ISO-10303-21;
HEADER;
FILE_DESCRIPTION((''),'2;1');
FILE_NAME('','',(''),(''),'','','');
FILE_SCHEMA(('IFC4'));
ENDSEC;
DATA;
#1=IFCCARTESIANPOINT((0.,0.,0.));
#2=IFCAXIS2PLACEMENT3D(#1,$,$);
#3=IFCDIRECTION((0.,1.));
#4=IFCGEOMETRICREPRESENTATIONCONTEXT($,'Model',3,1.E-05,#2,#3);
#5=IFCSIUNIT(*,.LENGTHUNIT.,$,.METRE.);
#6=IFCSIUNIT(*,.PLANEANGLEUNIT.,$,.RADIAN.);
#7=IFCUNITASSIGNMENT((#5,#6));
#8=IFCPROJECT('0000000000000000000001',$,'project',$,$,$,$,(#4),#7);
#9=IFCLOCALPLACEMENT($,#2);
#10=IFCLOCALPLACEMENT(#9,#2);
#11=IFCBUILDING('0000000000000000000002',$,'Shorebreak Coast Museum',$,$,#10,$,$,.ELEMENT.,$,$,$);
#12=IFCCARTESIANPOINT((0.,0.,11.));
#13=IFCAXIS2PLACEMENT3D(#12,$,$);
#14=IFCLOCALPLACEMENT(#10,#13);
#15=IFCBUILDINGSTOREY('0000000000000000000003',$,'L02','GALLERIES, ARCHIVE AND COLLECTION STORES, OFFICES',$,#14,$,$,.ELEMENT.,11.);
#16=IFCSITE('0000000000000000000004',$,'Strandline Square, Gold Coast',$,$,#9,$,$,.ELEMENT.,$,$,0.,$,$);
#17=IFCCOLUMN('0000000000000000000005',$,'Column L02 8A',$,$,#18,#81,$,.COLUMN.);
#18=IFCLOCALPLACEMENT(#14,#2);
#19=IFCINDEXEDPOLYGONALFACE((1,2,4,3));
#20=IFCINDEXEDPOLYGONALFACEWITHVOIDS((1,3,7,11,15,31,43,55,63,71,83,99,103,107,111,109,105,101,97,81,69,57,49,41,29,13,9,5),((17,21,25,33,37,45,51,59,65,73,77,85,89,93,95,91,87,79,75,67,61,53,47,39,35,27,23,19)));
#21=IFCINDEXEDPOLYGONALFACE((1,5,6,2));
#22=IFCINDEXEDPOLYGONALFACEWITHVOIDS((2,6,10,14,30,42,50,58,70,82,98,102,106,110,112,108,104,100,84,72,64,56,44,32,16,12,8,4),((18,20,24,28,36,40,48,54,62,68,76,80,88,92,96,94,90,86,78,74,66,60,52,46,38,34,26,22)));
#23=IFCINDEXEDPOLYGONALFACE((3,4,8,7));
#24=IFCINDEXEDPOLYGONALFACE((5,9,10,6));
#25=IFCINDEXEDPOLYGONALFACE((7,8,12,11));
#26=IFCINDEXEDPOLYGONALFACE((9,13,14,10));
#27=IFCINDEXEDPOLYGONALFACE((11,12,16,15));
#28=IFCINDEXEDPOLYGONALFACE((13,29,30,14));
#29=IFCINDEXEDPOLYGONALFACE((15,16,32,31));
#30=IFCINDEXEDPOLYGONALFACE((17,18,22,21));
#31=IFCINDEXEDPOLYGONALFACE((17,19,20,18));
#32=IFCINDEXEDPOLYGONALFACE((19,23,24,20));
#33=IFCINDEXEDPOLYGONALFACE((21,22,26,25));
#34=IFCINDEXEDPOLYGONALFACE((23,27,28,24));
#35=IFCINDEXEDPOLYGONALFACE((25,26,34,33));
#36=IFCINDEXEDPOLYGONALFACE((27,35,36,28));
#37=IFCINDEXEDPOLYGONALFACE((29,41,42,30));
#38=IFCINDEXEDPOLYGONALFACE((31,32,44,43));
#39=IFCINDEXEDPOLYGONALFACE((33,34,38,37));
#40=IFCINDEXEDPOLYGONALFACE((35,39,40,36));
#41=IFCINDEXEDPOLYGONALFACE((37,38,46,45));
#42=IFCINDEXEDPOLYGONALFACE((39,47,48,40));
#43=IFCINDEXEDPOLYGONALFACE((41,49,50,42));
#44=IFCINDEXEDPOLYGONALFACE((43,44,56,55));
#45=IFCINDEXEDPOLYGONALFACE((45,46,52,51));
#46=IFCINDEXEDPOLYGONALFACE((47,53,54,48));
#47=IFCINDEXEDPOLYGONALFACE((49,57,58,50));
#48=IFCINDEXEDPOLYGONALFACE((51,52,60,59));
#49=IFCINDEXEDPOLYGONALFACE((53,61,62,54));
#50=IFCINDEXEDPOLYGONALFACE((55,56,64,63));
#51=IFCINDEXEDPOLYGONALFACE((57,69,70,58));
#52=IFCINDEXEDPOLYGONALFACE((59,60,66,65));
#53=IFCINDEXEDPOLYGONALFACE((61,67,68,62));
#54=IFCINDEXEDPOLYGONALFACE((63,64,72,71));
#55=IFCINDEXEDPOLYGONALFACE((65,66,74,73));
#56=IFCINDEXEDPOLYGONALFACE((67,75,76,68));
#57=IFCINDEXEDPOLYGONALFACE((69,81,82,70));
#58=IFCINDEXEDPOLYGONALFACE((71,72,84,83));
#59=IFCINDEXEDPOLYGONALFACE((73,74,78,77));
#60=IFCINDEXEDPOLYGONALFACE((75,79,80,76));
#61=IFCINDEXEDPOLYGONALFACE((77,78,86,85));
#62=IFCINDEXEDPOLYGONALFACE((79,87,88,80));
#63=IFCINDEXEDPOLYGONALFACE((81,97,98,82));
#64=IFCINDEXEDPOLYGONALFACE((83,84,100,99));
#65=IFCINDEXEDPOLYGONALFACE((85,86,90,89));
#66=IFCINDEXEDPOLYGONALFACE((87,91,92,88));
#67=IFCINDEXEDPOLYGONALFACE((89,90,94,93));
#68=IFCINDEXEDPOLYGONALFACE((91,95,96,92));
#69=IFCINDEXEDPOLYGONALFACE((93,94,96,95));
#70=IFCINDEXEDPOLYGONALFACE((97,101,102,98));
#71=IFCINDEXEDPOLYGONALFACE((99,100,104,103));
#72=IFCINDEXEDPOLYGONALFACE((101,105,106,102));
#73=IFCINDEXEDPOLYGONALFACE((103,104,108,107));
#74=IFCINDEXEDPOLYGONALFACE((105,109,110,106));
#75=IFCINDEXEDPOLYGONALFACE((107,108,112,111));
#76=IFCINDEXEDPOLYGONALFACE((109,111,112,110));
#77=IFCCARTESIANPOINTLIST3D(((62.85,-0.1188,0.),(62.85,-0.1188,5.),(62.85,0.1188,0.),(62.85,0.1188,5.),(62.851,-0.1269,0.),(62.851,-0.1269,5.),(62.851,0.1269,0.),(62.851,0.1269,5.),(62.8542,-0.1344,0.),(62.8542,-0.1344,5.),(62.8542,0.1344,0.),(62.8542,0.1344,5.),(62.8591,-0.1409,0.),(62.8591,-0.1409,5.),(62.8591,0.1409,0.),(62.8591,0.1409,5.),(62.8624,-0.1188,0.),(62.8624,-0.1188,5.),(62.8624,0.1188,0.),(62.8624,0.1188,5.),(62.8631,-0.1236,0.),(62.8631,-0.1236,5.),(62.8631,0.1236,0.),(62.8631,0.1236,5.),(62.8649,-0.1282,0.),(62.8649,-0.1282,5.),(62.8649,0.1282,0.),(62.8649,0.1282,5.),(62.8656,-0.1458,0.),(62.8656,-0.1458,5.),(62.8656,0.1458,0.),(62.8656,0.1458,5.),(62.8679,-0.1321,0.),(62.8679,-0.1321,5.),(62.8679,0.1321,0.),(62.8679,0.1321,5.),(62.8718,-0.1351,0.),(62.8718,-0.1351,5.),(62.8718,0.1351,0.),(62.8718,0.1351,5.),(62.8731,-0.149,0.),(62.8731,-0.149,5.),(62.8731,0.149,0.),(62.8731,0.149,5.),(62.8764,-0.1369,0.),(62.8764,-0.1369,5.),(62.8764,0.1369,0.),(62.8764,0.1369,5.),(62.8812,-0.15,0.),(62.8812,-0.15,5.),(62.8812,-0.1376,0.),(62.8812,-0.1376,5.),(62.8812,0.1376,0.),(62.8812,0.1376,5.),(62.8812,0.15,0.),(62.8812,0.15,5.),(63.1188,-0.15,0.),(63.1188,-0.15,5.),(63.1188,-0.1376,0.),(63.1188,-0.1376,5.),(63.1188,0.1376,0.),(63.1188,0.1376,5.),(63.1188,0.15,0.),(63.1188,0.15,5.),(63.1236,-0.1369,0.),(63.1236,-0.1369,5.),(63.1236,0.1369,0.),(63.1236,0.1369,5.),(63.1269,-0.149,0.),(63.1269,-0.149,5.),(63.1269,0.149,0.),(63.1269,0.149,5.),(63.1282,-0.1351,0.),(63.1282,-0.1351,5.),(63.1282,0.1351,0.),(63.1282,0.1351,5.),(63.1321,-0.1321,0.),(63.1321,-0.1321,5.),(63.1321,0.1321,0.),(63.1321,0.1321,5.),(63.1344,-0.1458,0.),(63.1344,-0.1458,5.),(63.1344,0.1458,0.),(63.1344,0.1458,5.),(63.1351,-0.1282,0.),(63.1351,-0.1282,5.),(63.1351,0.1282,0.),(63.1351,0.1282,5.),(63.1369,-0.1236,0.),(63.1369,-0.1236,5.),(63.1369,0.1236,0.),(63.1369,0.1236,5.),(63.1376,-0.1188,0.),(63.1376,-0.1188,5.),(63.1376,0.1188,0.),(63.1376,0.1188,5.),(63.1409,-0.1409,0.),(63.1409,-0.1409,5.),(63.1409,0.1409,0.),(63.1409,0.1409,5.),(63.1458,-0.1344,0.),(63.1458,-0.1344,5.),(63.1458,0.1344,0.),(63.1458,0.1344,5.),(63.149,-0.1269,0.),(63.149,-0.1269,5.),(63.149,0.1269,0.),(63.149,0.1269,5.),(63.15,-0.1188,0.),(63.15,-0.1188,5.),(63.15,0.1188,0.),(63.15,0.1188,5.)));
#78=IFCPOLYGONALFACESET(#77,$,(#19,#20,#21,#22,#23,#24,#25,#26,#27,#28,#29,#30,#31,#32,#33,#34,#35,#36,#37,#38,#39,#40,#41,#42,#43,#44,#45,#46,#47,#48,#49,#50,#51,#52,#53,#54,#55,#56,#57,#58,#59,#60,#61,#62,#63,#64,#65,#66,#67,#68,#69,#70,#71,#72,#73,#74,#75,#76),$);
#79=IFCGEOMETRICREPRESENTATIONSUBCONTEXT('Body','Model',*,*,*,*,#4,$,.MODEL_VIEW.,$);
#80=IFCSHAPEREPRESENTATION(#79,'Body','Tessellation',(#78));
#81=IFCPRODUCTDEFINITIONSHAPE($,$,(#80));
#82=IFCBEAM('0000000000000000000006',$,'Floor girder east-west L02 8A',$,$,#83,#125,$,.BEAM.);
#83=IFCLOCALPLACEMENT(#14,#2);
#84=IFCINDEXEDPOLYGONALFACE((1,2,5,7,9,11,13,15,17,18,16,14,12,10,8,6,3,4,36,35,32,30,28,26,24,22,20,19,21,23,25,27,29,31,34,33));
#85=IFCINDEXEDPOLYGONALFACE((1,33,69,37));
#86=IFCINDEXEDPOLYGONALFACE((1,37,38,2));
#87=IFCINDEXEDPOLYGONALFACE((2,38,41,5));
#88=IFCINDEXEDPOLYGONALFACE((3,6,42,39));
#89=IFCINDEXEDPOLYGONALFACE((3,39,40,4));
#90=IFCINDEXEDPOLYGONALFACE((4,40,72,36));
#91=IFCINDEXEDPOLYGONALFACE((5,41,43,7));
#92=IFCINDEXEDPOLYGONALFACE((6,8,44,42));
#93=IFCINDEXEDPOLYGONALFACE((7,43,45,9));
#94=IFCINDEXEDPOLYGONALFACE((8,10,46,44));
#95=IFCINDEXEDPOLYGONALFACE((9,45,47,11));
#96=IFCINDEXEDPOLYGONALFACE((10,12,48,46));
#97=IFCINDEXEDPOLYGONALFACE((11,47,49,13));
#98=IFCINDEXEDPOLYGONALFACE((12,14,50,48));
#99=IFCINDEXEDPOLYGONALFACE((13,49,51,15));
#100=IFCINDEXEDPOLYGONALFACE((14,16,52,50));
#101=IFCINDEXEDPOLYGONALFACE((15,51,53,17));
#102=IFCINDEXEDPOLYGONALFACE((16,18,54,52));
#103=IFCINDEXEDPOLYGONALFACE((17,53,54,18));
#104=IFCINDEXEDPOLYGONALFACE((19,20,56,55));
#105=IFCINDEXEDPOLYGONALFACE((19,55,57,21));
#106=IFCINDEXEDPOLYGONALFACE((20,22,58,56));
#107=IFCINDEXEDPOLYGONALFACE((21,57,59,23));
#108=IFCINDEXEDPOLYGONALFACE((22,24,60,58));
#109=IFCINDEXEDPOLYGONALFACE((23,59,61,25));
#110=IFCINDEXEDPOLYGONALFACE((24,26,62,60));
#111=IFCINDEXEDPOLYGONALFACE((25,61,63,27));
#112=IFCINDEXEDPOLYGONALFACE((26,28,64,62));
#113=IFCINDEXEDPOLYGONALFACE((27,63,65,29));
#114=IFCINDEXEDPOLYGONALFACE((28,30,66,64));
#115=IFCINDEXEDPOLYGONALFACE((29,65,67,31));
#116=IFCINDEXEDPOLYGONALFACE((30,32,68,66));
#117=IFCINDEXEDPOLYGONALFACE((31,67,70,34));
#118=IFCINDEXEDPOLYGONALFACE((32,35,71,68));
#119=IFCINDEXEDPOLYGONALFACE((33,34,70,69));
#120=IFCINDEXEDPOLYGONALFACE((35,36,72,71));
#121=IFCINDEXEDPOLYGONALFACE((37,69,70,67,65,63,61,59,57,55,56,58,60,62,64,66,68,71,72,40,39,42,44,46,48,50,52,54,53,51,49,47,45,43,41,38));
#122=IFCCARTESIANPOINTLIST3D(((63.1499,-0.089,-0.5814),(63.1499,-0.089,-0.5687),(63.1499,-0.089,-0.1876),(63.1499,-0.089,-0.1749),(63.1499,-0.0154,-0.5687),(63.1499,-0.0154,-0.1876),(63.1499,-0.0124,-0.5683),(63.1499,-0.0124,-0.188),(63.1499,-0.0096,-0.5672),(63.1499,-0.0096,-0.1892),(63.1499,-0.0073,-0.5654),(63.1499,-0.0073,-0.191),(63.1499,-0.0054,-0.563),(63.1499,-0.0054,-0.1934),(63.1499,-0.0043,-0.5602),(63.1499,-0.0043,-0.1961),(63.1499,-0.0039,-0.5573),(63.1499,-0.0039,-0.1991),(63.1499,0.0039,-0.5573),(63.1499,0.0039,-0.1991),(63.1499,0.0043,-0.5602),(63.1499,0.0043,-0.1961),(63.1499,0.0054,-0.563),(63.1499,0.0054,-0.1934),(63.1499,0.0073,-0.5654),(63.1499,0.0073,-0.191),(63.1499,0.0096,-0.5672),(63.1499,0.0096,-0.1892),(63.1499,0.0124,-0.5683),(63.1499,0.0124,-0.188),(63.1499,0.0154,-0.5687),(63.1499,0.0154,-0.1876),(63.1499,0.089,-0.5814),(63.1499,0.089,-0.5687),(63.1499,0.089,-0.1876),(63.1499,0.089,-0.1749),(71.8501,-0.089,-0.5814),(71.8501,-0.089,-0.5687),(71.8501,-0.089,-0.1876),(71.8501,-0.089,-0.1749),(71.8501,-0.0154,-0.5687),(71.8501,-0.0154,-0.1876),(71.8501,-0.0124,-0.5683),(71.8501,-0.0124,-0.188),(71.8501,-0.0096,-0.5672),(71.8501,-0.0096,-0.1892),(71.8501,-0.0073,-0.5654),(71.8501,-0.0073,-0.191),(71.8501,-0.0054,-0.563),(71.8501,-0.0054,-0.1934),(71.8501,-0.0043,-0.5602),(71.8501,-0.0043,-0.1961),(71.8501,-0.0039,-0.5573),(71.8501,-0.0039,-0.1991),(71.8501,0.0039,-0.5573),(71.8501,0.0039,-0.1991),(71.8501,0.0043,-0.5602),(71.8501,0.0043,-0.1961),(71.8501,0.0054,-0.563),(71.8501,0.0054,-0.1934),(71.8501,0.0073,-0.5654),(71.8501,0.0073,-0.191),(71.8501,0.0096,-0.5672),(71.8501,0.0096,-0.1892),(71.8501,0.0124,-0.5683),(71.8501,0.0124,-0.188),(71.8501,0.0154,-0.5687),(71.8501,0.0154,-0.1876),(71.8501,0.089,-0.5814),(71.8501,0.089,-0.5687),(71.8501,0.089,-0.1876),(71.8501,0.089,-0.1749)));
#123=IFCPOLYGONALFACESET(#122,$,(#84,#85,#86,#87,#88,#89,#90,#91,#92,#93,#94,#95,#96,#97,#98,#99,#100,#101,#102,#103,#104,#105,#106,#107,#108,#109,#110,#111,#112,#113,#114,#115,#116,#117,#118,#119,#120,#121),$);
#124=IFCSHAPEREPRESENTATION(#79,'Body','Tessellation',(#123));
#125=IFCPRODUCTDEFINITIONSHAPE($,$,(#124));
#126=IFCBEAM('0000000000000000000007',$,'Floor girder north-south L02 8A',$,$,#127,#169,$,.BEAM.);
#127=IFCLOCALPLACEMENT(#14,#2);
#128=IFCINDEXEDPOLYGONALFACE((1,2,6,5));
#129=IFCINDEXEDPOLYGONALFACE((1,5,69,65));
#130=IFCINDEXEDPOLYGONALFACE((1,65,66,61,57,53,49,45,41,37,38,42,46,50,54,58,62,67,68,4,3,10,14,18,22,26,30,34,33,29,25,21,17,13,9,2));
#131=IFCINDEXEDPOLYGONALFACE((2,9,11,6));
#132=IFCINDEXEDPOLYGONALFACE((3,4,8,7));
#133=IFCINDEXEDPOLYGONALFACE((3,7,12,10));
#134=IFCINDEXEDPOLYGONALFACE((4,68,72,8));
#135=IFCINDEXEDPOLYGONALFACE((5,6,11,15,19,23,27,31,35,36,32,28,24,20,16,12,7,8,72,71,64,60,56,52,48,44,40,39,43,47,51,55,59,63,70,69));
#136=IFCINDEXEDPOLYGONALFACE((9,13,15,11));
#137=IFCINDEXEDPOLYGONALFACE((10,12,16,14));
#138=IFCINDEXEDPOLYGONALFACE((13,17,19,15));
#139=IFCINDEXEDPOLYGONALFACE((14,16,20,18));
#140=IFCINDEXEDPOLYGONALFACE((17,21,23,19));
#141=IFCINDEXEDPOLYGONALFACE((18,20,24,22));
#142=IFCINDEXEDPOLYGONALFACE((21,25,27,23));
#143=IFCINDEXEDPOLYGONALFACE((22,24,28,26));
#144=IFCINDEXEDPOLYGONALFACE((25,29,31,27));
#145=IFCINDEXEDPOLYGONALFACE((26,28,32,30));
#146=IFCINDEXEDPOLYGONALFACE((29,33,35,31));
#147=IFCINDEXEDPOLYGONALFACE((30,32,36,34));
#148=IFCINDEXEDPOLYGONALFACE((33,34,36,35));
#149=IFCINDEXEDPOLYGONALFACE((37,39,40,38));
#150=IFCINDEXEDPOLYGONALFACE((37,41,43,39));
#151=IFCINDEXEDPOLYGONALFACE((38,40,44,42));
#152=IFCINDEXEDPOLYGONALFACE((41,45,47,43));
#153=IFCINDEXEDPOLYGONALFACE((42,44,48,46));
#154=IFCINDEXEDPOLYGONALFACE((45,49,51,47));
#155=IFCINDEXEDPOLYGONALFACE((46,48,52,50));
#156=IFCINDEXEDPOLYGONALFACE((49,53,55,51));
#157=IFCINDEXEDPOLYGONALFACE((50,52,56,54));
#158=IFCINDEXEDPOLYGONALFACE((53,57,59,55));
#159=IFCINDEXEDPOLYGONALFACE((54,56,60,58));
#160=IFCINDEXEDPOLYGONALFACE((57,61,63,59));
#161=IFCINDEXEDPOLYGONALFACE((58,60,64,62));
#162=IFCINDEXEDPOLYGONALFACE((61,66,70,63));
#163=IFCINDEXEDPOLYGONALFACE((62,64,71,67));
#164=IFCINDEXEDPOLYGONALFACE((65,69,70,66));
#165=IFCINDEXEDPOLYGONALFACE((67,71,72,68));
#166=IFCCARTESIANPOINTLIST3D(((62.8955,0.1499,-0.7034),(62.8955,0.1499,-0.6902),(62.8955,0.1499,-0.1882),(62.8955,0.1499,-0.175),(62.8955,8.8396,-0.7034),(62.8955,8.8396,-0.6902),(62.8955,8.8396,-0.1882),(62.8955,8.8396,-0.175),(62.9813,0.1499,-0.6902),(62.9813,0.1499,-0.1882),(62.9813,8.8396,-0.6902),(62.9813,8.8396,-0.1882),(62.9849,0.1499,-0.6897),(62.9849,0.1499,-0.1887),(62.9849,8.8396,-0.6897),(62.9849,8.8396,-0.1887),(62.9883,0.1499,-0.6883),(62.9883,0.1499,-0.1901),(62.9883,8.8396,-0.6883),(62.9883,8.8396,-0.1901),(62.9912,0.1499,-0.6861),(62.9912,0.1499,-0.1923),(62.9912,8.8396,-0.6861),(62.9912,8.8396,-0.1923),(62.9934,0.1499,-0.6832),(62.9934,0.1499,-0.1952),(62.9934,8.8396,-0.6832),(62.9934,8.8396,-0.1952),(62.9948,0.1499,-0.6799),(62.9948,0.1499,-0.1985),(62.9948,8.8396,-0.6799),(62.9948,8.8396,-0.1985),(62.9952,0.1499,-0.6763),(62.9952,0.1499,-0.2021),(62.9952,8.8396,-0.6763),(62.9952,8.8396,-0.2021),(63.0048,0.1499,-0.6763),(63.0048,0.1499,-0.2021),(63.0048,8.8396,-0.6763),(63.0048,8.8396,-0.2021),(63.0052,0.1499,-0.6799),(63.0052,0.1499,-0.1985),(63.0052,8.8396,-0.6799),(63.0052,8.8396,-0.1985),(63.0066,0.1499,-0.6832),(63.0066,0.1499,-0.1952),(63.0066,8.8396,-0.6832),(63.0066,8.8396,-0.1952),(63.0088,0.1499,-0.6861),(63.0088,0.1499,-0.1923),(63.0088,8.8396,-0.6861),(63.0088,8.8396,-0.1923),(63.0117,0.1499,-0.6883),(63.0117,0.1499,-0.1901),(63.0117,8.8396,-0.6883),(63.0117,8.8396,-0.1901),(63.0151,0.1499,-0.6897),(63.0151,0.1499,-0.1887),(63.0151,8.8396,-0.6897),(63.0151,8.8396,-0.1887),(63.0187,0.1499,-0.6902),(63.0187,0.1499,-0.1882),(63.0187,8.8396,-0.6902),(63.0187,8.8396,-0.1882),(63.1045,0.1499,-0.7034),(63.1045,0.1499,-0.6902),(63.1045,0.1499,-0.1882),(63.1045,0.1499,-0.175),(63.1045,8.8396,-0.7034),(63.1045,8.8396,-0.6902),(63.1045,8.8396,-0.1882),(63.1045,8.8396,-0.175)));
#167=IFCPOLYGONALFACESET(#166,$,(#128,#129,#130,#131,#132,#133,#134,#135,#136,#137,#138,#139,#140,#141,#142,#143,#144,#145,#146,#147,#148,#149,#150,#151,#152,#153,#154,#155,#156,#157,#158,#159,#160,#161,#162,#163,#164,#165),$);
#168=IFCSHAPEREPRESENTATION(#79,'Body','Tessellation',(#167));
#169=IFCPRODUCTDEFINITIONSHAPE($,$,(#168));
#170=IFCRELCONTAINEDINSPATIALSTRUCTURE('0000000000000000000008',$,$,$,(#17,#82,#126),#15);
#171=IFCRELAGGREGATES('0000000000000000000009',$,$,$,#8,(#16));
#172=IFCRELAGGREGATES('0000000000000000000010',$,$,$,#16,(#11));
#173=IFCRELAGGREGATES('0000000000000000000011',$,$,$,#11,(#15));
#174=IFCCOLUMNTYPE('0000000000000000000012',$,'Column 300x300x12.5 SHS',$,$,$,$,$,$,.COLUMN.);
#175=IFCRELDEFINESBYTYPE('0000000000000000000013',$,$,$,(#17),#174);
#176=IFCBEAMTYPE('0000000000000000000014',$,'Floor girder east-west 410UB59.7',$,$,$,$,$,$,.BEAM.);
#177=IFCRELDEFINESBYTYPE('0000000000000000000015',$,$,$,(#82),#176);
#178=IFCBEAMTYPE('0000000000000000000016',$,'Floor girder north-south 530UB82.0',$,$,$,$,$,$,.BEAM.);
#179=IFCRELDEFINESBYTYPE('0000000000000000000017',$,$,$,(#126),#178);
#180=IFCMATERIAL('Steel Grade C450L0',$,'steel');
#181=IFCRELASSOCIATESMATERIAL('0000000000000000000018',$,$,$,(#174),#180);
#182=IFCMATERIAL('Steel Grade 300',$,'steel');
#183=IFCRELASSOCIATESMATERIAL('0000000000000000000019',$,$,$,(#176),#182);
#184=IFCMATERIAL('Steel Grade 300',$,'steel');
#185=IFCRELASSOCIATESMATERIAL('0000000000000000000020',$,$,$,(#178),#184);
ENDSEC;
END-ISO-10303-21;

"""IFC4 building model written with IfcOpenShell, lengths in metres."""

from ifc_helpers import new_model, si_unit, direction, frame, origin, origin_2d, place, context, subcontext, project, spatial, hollow_rectangle, i_section, extrude, material, material_profile, profile_set, type_object, element, save


model = new_model("IFC4")

# Units and contexts
model_context = context("Model", 3, precision=1e-05, world=origin(), true_north=direction((0.0, 1.0)))
body_context = subcontext(model_context, "Body", "Model", "MODEL_VIEW")
ifc_project = project(units=[si_unit("LENGTHUNIT", "METRE"), si_unit("PLANEANGLEUNIT", "RADIAN")], contexts=[model_context])

# Site, building, storey
site_placement = place(None, origin())
site = spatial("IfcSite", under=ifc_project, at=site_placement, Name="Strandline Square, Gold Coast", CompositionType="ELEMENT", RefElevation=0.0)
building_placement = place(site_placement, origin())
building = spatial("IfcBuilding", under=site, at=building_placement, Name="Shorebreak Coast Museum", CompositionType="ELEMENT")
storey_placement = place(building_placement, frame((0.0, 0.0, 11.0)))
storey = spatial("IfcBuildingStorey", under=building, at=storey_placement, Name="L02", Description="GALLERIES, ARCHIVE AND COLLECTION STORES, OFFICES", CompositionType="ELEMENT", Elevation=11.0)

# Column
ifc_material_1 = material(Name="Steel Grade C450L0", Category="steel")
ifc_material_profile_1 = material_profile(ifc_material_1, hollow_rectangle(XDim=0.3, YDim=0.3, WallThickness=0.0125, InnerFilletRadius=0.0188, OuterFilletRadius=0.0312, at=origin_2d()), Name="300x300x12.5 SHS")
ifc_profile_set_1 = profile_set([ifc_material_profile_1], Name="Steel Grade C450L0")
column_type = type_object("IfcColumnType", Name="Column 300x300x12.5 SHS", PredefinedType="COLUMN", material=ifc_profile_set_1)
column_placement = place(storey_placement, frame((63.0, 0.0, 0.0), z_axis=(0.0, 0.0, 1.0), x_axis=(1.0, 0.0, 0.0)))
element("IfcColumn", 1, at=column_placement, inside=storey, type_object=column_type, Name="Column L02 8A", PredefinedType="COLUMN", context=body_context, shape_type="SweptSolid", body=[
    extrude(hollow_rectangle(XDim=0.3, YDim=0.3, WallThickness=0.0125, InnerFilletRadius=0.0188, OuterFilletRadius=0.0312, at=origin_2d()), origin(), (0.0, 0.0, 1.0), 5.0),
])

# Beams
ifc_material_2 = material(Name="Steel Grade 300", Category="steel")
ifc_material_profile_2 = material_profile(ifc_material_2, i_section(OverallWidth=0.178, OverallDepth=0.4065, WebThickness=0.0078, FlangeThickness=0.0127, FilletRadius=0.0115, at=origin_2d()), Name="410UB59.7")
ifc_profile_set_2 = profile_set([ifc_material_profile_2], Name="Steel Grade 300")
beam_type_1 = type_object("IfcBeamType", Name="Floor girder east-west 410UB59.7", PredefinedType="BEAM", material=ifc_profile_set_2)
beam_1_placement = place(storey_placement, frame((63.1499, 0.0, -0.3782), z_axis=(1.0, 0.0, 0.0), x_axis=(0.0, 1.0, 0.0)))
element("IfcBeam", 2, at=beam_1_placement, inside=storey, type_object=beam_type_1, Name="Floor girder east-west L02 8A", PredefinedType="BEAM", context=body_context, shape_type="SweptSolid", body=[
    extrude(i_section(OverallWidth=0.178, OverallDepth=0.4065, WebThickness=0.0078, FlangeThickness=0.0127, FilletRadius=0.0115, at=origin_2d()), origin(), (0.0, 0.0, 1.0), 8.7002),
])
ifc_material_3 = material(Name="Steel Grade 300", Category="steel")
ifc_material_profile_3 = material_profile(ifc_material_3, i_section(OverallWidth=0.209, OverallDepth=0.5283, WebThickness=0.0095, FlangeThickness=0.0132, FilletRadius=0.0139, at=origin_2d()), Name="530UB82.0")
ifc_profile_set_3 = profile_set([ifc_material_profile_3], Name="Steel Grade 300")
beam_type_2 = type_object("IfcBeamType", Name="Floor girder north-south 530UB82.0", PredefinedType="BEAM", material=ifc_profile_set_3)
beam_2_placement = place(storey_placement, frame((63.0, 0.1499, -0.4392), z_axis=(0.0, 1.0, 0.0), x_axis=(-1.0, 0.0, 0.0)))
element("IfcBeam", 3, at=beam_2_placement, inside=storey, type_object=beam_type_2, Name="Floor girder north-south L02 8A", PredefinedType="BEAM", context=body_context, shape_type="SweptSolid", body=[
    extrude(i_section(OverallWidth=0.209, OverallDepth=0.5283, WebThickness=0.0095, FlangeThickness=0.0132, FilletRadius=0.0139, at=origin_2d()), origin(), (0.0, 0.0, 1.0), 8.6897),
])

save(model, "model.ifc")
